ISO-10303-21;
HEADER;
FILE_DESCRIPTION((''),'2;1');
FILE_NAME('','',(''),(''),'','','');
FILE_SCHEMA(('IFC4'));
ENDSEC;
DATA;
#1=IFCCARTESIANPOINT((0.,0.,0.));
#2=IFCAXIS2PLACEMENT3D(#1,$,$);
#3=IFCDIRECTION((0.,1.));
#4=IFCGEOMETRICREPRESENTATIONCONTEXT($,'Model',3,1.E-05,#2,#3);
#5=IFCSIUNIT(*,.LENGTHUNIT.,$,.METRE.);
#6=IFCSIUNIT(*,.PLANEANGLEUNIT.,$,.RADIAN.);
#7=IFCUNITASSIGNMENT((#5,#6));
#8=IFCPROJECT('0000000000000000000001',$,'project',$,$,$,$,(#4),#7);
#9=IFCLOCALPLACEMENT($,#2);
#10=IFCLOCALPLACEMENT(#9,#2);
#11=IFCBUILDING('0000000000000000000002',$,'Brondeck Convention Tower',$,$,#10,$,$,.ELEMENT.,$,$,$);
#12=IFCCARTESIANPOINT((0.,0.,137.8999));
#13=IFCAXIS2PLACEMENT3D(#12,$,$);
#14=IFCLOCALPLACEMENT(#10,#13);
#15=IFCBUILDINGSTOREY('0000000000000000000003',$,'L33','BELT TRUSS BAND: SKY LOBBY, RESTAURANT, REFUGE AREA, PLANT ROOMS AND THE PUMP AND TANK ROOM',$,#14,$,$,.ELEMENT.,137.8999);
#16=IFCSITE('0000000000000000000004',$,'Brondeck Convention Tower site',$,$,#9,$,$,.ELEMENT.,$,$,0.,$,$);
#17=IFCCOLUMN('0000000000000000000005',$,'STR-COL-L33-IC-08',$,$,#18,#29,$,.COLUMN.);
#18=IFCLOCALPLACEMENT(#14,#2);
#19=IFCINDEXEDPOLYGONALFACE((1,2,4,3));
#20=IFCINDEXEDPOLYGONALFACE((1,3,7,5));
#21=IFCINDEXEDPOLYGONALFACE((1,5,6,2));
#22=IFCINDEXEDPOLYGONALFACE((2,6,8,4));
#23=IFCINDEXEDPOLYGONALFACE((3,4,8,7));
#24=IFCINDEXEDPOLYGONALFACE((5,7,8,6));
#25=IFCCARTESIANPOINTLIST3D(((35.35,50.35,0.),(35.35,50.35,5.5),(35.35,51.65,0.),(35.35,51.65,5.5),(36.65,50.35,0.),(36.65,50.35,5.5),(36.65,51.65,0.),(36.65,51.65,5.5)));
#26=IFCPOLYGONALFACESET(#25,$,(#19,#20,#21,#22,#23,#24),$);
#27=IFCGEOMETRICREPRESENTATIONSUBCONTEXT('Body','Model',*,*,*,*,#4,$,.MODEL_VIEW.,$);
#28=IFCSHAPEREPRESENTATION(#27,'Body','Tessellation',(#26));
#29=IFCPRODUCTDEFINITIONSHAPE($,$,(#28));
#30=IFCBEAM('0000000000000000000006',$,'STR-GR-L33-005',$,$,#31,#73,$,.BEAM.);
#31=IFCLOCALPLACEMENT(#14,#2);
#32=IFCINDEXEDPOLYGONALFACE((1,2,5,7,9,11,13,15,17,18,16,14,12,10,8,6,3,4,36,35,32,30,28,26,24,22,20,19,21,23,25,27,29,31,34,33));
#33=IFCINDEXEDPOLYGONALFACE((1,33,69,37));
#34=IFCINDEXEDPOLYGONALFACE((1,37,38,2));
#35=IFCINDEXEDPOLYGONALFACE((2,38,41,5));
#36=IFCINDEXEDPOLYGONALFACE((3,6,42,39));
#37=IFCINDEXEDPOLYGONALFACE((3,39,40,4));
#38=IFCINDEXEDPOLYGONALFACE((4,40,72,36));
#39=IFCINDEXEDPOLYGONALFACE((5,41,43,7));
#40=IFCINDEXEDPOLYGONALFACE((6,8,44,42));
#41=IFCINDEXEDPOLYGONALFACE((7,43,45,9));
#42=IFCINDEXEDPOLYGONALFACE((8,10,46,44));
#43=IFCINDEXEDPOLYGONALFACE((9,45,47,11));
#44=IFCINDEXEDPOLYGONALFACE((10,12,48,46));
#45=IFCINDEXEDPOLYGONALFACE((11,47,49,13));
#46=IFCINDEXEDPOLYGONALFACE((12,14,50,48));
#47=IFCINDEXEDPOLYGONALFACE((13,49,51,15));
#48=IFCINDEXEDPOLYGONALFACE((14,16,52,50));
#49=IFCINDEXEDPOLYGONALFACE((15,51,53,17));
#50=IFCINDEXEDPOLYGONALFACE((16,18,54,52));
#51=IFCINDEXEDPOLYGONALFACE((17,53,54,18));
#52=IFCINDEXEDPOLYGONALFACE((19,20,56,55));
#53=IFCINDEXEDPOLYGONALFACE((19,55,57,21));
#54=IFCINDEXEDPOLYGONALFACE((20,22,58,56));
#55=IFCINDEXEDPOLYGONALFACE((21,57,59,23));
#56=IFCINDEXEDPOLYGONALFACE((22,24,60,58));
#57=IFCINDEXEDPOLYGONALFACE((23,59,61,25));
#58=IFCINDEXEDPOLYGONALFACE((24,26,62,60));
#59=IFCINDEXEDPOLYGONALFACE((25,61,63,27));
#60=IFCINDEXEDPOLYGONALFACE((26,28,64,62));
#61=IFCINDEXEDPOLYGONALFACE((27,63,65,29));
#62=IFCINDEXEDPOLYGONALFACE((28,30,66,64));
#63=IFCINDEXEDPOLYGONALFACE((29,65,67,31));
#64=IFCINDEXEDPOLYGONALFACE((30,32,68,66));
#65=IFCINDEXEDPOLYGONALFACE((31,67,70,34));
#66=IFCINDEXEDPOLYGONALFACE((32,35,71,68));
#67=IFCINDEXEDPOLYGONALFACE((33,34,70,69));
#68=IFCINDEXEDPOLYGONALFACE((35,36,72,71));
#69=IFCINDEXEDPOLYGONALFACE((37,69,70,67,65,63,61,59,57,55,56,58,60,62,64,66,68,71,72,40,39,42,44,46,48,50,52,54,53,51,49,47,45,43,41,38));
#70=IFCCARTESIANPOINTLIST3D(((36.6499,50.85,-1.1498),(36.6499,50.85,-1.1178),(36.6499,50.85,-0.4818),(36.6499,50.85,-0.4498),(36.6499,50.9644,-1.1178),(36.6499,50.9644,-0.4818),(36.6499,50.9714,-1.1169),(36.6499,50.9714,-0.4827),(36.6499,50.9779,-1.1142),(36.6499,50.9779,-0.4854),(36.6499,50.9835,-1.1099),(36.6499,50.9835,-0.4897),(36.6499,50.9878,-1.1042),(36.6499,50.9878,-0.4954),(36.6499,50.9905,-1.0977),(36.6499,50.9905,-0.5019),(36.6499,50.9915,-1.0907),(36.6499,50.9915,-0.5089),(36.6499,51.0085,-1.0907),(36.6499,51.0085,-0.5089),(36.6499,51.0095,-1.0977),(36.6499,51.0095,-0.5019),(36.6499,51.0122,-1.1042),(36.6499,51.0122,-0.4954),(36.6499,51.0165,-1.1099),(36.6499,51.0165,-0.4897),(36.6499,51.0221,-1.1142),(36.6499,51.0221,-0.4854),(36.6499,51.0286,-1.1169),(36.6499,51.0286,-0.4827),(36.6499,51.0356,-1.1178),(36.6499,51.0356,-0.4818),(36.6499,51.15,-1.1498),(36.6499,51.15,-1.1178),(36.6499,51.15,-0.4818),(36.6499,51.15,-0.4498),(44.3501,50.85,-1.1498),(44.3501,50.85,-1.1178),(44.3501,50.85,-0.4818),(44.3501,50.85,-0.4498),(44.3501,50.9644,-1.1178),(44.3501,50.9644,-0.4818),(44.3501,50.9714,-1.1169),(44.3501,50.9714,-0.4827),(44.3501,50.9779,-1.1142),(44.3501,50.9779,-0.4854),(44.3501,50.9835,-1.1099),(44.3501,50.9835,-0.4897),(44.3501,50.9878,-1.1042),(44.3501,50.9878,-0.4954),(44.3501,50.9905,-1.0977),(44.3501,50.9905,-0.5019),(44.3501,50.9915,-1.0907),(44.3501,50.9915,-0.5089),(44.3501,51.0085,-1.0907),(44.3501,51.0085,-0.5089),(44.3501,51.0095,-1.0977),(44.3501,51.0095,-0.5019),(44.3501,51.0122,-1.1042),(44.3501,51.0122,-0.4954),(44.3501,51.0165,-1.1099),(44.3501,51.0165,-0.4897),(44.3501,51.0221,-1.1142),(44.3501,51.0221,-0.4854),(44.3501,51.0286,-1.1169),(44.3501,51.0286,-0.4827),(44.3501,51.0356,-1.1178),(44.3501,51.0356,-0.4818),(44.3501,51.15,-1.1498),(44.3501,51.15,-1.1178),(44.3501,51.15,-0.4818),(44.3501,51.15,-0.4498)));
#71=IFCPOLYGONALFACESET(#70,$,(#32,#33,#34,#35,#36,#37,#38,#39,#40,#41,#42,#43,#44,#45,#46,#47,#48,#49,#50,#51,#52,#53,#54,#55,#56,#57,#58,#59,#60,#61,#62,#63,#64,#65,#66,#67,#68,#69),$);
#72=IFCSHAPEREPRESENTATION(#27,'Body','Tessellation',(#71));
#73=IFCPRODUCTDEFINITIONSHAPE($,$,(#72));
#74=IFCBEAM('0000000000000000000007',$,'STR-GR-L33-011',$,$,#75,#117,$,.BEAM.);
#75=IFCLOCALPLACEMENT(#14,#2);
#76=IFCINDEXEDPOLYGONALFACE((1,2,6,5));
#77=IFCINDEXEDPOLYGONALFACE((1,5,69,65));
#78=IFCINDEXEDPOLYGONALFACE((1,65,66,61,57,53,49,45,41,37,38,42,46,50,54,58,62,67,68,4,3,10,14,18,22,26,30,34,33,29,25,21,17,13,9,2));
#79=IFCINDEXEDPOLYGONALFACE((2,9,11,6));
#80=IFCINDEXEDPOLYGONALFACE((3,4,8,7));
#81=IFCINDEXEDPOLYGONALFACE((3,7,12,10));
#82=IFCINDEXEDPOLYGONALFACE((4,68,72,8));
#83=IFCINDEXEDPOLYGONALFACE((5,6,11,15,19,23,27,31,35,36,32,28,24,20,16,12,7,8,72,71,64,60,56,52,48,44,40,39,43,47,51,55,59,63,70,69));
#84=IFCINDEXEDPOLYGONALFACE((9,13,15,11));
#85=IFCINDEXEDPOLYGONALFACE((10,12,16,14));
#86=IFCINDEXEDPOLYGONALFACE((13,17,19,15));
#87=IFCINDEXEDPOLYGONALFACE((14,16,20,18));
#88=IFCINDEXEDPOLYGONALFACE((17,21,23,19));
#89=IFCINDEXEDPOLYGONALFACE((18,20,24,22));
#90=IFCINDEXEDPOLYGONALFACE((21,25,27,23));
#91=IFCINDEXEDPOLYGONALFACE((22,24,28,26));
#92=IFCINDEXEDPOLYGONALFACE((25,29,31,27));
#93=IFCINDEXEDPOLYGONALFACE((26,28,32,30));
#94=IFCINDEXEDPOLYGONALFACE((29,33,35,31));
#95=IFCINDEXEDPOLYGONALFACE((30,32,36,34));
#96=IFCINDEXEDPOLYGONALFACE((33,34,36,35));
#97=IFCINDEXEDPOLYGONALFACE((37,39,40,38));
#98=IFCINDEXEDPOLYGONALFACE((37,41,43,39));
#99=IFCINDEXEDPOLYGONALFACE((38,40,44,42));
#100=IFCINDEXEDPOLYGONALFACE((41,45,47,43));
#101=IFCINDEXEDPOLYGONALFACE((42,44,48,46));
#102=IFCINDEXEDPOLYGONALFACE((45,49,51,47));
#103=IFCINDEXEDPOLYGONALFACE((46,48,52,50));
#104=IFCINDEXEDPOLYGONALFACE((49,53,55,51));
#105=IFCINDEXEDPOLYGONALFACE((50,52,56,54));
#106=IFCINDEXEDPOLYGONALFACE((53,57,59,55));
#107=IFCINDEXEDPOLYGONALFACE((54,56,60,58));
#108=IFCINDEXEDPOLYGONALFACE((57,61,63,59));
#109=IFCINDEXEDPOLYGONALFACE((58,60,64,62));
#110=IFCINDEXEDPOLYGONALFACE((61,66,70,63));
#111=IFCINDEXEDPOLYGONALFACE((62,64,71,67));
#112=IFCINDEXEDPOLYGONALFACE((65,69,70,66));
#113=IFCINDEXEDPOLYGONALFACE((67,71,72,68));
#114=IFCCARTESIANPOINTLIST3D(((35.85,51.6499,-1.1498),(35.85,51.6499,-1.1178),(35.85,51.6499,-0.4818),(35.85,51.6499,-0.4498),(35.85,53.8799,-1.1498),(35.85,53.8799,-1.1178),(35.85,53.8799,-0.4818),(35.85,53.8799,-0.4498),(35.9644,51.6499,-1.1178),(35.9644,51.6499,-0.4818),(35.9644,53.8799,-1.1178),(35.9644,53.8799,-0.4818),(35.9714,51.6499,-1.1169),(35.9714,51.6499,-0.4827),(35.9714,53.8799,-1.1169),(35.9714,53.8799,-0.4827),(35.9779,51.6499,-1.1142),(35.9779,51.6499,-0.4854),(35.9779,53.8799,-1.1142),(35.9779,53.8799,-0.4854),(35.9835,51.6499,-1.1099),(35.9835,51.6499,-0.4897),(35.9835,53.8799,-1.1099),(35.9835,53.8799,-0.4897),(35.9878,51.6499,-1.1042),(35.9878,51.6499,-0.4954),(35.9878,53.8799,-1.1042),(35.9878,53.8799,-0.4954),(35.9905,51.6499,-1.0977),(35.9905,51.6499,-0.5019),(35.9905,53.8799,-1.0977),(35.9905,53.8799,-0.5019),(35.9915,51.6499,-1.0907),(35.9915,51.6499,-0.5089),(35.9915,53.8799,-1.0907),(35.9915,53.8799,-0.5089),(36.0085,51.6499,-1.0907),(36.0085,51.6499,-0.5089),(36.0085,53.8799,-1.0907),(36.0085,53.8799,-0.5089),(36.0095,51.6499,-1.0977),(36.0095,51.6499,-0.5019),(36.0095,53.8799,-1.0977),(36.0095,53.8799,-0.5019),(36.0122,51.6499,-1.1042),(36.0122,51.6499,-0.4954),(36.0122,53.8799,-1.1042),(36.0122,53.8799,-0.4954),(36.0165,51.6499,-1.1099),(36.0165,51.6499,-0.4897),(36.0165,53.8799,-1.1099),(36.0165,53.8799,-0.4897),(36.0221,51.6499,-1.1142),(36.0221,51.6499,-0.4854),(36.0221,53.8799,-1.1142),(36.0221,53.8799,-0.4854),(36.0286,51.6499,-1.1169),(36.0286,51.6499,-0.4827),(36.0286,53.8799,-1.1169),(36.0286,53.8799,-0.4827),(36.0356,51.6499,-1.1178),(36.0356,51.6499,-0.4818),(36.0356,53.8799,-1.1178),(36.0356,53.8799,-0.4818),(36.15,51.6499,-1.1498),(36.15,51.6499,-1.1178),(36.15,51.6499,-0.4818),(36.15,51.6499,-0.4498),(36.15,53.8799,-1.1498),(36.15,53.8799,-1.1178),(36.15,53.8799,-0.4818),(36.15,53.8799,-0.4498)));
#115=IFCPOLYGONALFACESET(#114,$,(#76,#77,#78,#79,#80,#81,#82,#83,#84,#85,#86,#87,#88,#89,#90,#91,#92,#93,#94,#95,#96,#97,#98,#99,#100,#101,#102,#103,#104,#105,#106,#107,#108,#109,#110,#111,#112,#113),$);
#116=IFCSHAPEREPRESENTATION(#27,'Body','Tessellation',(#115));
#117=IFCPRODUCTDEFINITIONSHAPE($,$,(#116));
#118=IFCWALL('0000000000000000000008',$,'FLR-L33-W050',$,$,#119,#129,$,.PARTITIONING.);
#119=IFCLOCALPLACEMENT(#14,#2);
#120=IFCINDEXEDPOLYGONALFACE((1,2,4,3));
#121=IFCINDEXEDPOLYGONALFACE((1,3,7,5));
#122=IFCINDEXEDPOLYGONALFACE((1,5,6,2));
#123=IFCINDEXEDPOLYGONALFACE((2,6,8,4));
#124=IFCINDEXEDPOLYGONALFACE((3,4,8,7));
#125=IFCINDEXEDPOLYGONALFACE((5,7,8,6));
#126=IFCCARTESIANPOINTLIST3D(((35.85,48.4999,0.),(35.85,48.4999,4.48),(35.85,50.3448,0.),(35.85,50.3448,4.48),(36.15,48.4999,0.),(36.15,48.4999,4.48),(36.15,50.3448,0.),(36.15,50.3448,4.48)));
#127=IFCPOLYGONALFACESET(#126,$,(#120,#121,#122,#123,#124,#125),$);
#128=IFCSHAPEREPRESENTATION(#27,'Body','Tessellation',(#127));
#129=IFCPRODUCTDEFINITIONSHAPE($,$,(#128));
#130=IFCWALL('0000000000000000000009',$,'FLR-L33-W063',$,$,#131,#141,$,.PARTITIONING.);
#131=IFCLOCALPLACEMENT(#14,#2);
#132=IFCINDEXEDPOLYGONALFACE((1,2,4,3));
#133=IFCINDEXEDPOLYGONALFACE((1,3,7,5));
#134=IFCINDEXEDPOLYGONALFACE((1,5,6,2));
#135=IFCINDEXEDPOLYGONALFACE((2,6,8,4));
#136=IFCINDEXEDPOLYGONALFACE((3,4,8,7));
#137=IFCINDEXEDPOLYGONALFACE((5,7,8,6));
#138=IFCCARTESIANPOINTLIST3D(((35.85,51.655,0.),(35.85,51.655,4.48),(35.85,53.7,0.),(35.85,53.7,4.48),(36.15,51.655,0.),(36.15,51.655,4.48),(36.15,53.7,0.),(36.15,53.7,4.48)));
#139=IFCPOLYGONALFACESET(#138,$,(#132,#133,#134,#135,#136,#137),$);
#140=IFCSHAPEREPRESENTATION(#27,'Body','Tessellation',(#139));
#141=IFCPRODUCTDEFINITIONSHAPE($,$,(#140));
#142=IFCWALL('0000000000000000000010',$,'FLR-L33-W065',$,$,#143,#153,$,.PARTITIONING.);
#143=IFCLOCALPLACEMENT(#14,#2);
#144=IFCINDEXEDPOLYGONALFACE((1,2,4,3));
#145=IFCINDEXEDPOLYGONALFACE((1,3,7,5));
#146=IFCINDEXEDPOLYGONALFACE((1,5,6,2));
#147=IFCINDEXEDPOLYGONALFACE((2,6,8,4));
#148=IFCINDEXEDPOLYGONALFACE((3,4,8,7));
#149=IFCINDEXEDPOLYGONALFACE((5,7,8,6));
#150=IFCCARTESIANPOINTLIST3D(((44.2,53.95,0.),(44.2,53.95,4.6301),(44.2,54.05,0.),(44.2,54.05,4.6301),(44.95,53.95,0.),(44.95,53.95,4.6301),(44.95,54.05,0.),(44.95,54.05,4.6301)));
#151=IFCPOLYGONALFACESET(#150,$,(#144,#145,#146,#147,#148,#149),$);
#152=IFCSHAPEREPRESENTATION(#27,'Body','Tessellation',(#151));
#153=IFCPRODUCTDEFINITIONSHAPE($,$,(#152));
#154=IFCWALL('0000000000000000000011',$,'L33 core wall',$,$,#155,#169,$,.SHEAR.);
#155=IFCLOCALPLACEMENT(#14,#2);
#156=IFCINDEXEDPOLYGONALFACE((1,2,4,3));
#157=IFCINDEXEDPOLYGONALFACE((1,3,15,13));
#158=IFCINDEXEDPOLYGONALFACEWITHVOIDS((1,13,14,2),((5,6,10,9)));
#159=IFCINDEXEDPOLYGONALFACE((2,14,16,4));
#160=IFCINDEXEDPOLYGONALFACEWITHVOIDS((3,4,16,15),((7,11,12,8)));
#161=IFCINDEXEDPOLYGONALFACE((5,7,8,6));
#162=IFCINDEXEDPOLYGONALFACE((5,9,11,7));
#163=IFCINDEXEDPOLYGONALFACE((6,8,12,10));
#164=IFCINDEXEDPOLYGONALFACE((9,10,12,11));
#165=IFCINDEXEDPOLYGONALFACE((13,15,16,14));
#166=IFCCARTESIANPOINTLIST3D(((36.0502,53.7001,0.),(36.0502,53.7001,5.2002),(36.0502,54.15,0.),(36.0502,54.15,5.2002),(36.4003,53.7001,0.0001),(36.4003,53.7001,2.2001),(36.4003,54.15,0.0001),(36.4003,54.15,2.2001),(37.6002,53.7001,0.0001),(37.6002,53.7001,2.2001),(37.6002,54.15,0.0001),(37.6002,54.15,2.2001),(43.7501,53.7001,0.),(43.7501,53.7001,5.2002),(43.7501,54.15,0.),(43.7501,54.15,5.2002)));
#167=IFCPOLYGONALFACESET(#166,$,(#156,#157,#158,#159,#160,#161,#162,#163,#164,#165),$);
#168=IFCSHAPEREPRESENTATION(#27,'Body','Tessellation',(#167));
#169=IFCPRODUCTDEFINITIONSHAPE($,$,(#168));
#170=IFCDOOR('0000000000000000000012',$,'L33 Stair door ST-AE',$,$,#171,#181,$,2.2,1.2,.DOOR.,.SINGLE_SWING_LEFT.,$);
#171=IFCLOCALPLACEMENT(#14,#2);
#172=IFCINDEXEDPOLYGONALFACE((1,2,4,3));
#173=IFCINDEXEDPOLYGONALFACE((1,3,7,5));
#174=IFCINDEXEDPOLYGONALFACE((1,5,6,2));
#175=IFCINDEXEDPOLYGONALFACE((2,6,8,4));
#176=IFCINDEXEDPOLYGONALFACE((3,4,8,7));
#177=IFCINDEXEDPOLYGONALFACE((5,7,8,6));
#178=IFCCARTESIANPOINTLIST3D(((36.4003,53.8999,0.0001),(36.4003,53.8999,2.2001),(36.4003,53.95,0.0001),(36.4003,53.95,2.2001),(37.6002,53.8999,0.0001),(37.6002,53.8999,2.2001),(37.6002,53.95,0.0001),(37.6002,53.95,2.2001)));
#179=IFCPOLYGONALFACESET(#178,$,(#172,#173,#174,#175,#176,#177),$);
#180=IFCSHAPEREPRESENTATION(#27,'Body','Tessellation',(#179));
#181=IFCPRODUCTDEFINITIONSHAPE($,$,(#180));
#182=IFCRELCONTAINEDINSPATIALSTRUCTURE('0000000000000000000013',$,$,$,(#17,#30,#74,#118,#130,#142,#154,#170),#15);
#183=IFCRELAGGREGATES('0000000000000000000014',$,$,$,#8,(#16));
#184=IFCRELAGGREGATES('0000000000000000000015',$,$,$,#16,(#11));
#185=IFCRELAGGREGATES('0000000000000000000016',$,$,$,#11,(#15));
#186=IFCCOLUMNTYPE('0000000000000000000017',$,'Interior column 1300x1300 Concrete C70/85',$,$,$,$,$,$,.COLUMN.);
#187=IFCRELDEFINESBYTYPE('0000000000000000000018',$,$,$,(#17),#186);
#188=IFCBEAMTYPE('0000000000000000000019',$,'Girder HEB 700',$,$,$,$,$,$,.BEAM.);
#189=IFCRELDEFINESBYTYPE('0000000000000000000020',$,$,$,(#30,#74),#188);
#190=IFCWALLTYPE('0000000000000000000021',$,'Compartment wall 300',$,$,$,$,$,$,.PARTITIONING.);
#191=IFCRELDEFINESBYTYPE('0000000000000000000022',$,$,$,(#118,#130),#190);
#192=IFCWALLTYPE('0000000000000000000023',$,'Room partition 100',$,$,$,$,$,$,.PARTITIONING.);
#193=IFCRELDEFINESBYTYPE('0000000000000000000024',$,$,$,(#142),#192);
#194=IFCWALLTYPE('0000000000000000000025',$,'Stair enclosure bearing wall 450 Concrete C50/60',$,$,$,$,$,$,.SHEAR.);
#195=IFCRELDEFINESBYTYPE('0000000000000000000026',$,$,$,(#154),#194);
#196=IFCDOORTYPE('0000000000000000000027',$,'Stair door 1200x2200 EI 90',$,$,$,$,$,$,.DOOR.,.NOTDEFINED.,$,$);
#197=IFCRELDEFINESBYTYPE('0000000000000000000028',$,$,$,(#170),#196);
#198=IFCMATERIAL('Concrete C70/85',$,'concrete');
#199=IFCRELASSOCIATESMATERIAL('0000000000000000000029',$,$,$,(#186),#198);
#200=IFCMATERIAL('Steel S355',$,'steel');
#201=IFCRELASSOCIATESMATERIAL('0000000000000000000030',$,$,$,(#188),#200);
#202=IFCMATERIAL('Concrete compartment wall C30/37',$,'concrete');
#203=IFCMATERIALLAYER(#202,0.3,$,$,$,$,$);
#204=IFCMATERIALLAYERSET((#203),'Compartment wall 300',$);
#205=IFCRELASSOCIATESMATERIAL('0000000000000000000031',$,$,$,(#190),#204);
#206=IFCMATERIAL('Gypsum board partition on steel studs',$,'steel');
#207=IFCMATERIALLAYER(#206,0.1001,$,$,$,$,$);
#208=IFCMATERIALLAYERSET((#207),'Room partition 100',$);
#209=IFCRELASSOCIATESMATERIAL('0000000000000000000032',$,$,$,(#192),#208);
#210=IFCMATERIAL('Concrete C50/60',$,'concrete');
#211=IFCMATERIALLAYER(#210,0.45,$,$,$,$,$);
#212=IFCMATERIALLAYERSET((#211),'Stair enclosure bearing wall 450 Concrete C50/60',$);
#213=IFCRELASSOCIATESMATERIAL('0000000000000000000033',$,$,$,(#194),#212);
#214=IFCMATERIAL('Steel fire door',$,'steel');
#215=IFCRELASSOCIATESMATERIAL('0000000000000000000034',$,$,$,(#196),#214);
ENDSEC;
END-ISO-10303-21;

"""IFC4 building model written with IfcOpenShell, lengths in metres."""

from ifc_helpers import new_model, si_unit, direction, frame, frame_2d, origin, origin_2d, place, context, subcontext, project, spatial, rectangle, i_section, extrude, material, layer, layer_set, material_profile, profile_set, type_object, element, fill, save


model = new_model("IFC4")

# Units and contexts
model_context = context("Model", 3, precision=1e-05, world=origin(), true_north=direction((0.0, 1.0)))
body_context = subcontext(model_context, "Body", "Model", "MODEL_VIEW")
ifc_project = project(units=[si_unit("LENGTHUNIT", "METRE"), si_unit("PLANEANGLEUNIT", "RADIAN")], contexts=[model_context])

# Site, building, storey
site_placement = place(None, origin())
site = spatial("IfcSite", under=ifc_project, at=site_placement, Name="Brondeck Convention Tower site", CompositionType="ELEMENT", RefElevation=0.0)
building_placement = place(site_placement, origin())
building = spatial("IfcBuilding", under=site, at=building_placement, Name="Brondeck Convention Tower", CompositionType="ELEMENT")
storey_placement = place(building_placement, frame((0.0, 0.0, 137.8999)))
storey = spatial("IfcBuildingStorey", under=building, at=storey_placement, Name="L33", Description="BELT TRUSS BAND: SKY LOBBY, RESTAURANT, REFUGE AREA, PLANT ROOMS AND THE PUMP AND TANK ROOM", CompositionType="ELEMENT", Elevation=137.8999)

# Column
ifc_material_1 = material(Name="Concrete C70/85", Category="concrete")
ifc_material_profile_1 = material_profile(ifc_material_1, rectangle(XDim=1.3, YDim=1.3, at=origin_2d()), Name="Interior column 1300x1300 Concrete C70/85")
ifc_profile_set_1 = profile_set([ifc_material_profile_1], Name="Concrete C70/85")
column_type = type_object("IfcColumnType", Name="Interior column 1300x1300 Concrete C70/85", PredefinedType="COLUMN", material=ifc_profile_set_1)
column_placement = place(storey_placement, frame((36.0, 51.0, 0.0), z_axis=(0.0, 0.0, 1.0), x_axis=(1.0, 0.0, 0.0)))
element("IfcColumn", 1, at=column_placement, inside=storey, type_object=column_type, Name="STR-COL-L33-IC-08", PredefinedType="COLUMN", context=body_context, shape_type="SweptSolid", body=[
    extrude(rectangle(XDim=1.3, YDim=1.3, at=origin_2d()), origin(), (0.0, 0.0, 1.0), 5.5),
])

# Beams
ifc_material_2 = material(Name="Steel S355", Category="steel")
ifc_material_profile_2 = material_profile(ifc_material_2, i_section(OverallWidth=0.3, OverallDepth=0.7, WebThickness=0.0171, FlangeThickness=0.032, FilletRadius=0.0271, at=origin_2d()), Name="HEB 700")
ifc_profile_set_2 = profile_set([ifc_material_profile_2], Name="Steel S355")
beam_type = type_object("IfcBeamType", Name="Girder HEB 700", PredefinedType="BEAM", material=ifc_profile_set_2)
beam_1_placement = place(storey_placement, frame((36.6499, 51.0, -0.7998), z_axis=(1.0, 0.0, 0.0), x_axis=(0.0, 1.0, 0.0)))
element("IfcBeam", 2, at=beam_1_placement, inside=storey, type_object=beam_type, Name="STR-GR-L33-005", PredefinedType="BEAM", context=body_context, shape_type="SweptSolid", body=[
    extrude(i_section(OverallWidth=0.3, OverallDepth=0.7, WebThickness=0.0171, FlangeThickness=0.032, FilletRadius=0.0271, at=origin_2d()), origin(), (0.0, 0.0, 1.0), 7.7002),
])
beam_2_placement = place(storey_placement, frame((36.0, 51.6499, -0.7998), z_axis=(0.0, 1.0, 0.0), x_axis=(-1.0, 0.0, 0.0)))
element("IfcBeam", 3, at=beam_2_placement, inside=storey, type_object=beam_type, Name="STR-GR-L33-011", PredefinedType="BEAM", context=body_context, shape_type="SweptSolid", body=[
    extrude(i_section(OverallWidth=0.3, OverallDepth=0.7, WebThickness=0.0171, FlangeThickness=0.032, FilletRadius=0.0271, at=origin_2d()), origin(), (0.0, 0.0, 1.0), 2.23),
])

# Walls
ifc_material_3 = material(Name="Concrete compartment wall C30/37", Category="concrete")
ifc_layer_1 = layer(ifc_material_3, 0.3)
ifc_layer_set_1 = layer_set([ifc_layer_1], Name="Compartment wall 300")
wall_type_1 = type_object("IfcWallType", Name="Compartment wall 300", PredefinedType="PARTITIONING", material=ifc_layer_set_1)
wall_1_placement = place(storey_placement, frame((36.0, 48.5, 0.0), z_axis=(0.0, 0.0, 1.0), x_axis=(0.0, 1.0, 0.0)))
element("IfcWall", 4, at=wall_1_placement, inside=storey, type_object=wall_type_1, Name="FLR-L33-W050", PredefinedType="PARTITIONING", context=body_context, shape_type="SweptSolid", body=[
    extrude(rectangle(XDim=1.845, YDim=0.3, at=frame_2d((0.9224, 0.0))), origin(), (0.0, 0.0, 1.0), 4.48),
])
wall_2_placement = place(storey_placement, frame((36.0, 51.655, 0.0), z_axis=(0.0, 0.0, 1.0), x_axis=(0.0, 1.0, 0.0)))
element("IfcWall", 5, at=wall_2_placement, inside=storey, type_object=wall_type_1, Name="FLR-L33-W063", PredefinedType="PARTITIONING", context=body_context, shape_type="SweptSolid", body=[
    extrude(rectangle(XDim=2.0449, YDim=0.3, at=frame_2d((1.0225, 0.0))), origin(), (0.0, 0.0, 1.0), 4.48),
])
ifc_material_4 = material(Name="Gypsum board partition on steel studs", Category="steel")
ifc_layer_2 = layer(ifc_material_4, 0.1001)
ifc_layer_set_2 = layer_set([ifc_layer_2], Name="Room partition 100")
wall_type_2 = type_object("IfcWallType", Name="Room partition 100", PredefinedType="PARTITIONING", material=ifc_layer_set_2)
wall_3_placement = place(storey_placement, frame((44.2, 54.0, 0.0), z_axis=(0.0, 0.0, 1.0), x_axis=(1.0, 0.0, 0.0)))
element("IfcWall", 6, at=wall_3_placement, inside=storey, type_object=wall_type_2, Name="FLR-L33-W065", PredefinedType="PARTITIONING", context=body_context, shape_type="SweptSolid", body=[
    extrude(rectangle(XDim=0.75, YDim=0.1001, at=frame_2d((0.375, 0.0))), origin(), (0.0, 0.0, 1.0), 4.6301),
])

# Wall, opening, door
ifc_material_5 = material(Name="Concrete C50/60", Category="concrete")
ifc_layer_3 = layer(ifc_material_5, 0.45)
ifc_layer_set_3 = layer_set([ifc_layer_3], Name="Stair enclosure bearing wall 450 Concrete C50/60")
wall_type_3 = type_object("IfcWallType", Name="Stair enclosure bearing wall 450 Concrete C50/60", PredefinedType="SHEAR", material=ifc_layer_set_3)
wall_4_placement = place(storey_placement, frame((36.05, 53.925, 0.0), z_axis=(0.0, 0.0, 1.0), x_axis=(1.0, 0.0, 0.0)))
wall_4 = element("IfcWall", 7, at=wall_4_placement, inside=storey, type_object=wall_type_3, Name="L33 core wall", PredefinedType="SHEAR", context=body_context, shape_type="SweptSolid", body=[
    extrude(rectangle(XDim=7.7, YDim=0.45, at=frame_2d((3.8501, 0.0))), origin(), (0.0, 0.0, 1.0), 5.2002),
])
opening_placement = place(wall_4_placement, frame((0.3501, 0.0, 0.0)))
opening = element("IfcOpeningElement", 8, at=opening_placement, cuts=wall_4, PredefinedType="OPENING", context=body_context, shape_type="SweptSolid", body=[
    extrude(rectangle(XDim=1.2, YDim=2.2, at=frame_2d((0.6001, 1.1001))), frame((0.0, 0.2349, 0.0), z_axis=(0.0, -1.0, 0.0), x_axis=(1.0, 0.0, 0.0)), (0.0, 0.0, 1.0), 0.47),
])
ifc_material_6 = material(Name="Steel fire door", Category="steel")
door_type = type_object("IfcDoorType", Name="Stair door 1200x2200 EI 90", OperationType="NOTDEFINED", PredefinedType="DOOR", material=ifc_material_6)
door_placement = place(opening_placement, origin())
door = element("IfcDoor", 9, at=door_placement, inside=storey, type_object=door_type, Name="L33 Stair door ST-AE", OperationType="SINGLE_SWING_LEFT", OverallHeight=2.2, OverallWidth=1.2, PredefinedType="DOOR", context=body_context, shape_type="SweptSolid", body=[
    extrude(rectangle(XDim=1.2, YDim=2.2, at=frame_2d((0.6001, 1.1001))), frame((0.0, 0.0249, 0.0), z_axis=(0.0, -1.0, 0.0), x_axis=(1.0, 0.0, 0.0)), (0.0, 0.0, 1.0), 0.05),
])
fill(opening, door)

save(model, "model.ifc")
